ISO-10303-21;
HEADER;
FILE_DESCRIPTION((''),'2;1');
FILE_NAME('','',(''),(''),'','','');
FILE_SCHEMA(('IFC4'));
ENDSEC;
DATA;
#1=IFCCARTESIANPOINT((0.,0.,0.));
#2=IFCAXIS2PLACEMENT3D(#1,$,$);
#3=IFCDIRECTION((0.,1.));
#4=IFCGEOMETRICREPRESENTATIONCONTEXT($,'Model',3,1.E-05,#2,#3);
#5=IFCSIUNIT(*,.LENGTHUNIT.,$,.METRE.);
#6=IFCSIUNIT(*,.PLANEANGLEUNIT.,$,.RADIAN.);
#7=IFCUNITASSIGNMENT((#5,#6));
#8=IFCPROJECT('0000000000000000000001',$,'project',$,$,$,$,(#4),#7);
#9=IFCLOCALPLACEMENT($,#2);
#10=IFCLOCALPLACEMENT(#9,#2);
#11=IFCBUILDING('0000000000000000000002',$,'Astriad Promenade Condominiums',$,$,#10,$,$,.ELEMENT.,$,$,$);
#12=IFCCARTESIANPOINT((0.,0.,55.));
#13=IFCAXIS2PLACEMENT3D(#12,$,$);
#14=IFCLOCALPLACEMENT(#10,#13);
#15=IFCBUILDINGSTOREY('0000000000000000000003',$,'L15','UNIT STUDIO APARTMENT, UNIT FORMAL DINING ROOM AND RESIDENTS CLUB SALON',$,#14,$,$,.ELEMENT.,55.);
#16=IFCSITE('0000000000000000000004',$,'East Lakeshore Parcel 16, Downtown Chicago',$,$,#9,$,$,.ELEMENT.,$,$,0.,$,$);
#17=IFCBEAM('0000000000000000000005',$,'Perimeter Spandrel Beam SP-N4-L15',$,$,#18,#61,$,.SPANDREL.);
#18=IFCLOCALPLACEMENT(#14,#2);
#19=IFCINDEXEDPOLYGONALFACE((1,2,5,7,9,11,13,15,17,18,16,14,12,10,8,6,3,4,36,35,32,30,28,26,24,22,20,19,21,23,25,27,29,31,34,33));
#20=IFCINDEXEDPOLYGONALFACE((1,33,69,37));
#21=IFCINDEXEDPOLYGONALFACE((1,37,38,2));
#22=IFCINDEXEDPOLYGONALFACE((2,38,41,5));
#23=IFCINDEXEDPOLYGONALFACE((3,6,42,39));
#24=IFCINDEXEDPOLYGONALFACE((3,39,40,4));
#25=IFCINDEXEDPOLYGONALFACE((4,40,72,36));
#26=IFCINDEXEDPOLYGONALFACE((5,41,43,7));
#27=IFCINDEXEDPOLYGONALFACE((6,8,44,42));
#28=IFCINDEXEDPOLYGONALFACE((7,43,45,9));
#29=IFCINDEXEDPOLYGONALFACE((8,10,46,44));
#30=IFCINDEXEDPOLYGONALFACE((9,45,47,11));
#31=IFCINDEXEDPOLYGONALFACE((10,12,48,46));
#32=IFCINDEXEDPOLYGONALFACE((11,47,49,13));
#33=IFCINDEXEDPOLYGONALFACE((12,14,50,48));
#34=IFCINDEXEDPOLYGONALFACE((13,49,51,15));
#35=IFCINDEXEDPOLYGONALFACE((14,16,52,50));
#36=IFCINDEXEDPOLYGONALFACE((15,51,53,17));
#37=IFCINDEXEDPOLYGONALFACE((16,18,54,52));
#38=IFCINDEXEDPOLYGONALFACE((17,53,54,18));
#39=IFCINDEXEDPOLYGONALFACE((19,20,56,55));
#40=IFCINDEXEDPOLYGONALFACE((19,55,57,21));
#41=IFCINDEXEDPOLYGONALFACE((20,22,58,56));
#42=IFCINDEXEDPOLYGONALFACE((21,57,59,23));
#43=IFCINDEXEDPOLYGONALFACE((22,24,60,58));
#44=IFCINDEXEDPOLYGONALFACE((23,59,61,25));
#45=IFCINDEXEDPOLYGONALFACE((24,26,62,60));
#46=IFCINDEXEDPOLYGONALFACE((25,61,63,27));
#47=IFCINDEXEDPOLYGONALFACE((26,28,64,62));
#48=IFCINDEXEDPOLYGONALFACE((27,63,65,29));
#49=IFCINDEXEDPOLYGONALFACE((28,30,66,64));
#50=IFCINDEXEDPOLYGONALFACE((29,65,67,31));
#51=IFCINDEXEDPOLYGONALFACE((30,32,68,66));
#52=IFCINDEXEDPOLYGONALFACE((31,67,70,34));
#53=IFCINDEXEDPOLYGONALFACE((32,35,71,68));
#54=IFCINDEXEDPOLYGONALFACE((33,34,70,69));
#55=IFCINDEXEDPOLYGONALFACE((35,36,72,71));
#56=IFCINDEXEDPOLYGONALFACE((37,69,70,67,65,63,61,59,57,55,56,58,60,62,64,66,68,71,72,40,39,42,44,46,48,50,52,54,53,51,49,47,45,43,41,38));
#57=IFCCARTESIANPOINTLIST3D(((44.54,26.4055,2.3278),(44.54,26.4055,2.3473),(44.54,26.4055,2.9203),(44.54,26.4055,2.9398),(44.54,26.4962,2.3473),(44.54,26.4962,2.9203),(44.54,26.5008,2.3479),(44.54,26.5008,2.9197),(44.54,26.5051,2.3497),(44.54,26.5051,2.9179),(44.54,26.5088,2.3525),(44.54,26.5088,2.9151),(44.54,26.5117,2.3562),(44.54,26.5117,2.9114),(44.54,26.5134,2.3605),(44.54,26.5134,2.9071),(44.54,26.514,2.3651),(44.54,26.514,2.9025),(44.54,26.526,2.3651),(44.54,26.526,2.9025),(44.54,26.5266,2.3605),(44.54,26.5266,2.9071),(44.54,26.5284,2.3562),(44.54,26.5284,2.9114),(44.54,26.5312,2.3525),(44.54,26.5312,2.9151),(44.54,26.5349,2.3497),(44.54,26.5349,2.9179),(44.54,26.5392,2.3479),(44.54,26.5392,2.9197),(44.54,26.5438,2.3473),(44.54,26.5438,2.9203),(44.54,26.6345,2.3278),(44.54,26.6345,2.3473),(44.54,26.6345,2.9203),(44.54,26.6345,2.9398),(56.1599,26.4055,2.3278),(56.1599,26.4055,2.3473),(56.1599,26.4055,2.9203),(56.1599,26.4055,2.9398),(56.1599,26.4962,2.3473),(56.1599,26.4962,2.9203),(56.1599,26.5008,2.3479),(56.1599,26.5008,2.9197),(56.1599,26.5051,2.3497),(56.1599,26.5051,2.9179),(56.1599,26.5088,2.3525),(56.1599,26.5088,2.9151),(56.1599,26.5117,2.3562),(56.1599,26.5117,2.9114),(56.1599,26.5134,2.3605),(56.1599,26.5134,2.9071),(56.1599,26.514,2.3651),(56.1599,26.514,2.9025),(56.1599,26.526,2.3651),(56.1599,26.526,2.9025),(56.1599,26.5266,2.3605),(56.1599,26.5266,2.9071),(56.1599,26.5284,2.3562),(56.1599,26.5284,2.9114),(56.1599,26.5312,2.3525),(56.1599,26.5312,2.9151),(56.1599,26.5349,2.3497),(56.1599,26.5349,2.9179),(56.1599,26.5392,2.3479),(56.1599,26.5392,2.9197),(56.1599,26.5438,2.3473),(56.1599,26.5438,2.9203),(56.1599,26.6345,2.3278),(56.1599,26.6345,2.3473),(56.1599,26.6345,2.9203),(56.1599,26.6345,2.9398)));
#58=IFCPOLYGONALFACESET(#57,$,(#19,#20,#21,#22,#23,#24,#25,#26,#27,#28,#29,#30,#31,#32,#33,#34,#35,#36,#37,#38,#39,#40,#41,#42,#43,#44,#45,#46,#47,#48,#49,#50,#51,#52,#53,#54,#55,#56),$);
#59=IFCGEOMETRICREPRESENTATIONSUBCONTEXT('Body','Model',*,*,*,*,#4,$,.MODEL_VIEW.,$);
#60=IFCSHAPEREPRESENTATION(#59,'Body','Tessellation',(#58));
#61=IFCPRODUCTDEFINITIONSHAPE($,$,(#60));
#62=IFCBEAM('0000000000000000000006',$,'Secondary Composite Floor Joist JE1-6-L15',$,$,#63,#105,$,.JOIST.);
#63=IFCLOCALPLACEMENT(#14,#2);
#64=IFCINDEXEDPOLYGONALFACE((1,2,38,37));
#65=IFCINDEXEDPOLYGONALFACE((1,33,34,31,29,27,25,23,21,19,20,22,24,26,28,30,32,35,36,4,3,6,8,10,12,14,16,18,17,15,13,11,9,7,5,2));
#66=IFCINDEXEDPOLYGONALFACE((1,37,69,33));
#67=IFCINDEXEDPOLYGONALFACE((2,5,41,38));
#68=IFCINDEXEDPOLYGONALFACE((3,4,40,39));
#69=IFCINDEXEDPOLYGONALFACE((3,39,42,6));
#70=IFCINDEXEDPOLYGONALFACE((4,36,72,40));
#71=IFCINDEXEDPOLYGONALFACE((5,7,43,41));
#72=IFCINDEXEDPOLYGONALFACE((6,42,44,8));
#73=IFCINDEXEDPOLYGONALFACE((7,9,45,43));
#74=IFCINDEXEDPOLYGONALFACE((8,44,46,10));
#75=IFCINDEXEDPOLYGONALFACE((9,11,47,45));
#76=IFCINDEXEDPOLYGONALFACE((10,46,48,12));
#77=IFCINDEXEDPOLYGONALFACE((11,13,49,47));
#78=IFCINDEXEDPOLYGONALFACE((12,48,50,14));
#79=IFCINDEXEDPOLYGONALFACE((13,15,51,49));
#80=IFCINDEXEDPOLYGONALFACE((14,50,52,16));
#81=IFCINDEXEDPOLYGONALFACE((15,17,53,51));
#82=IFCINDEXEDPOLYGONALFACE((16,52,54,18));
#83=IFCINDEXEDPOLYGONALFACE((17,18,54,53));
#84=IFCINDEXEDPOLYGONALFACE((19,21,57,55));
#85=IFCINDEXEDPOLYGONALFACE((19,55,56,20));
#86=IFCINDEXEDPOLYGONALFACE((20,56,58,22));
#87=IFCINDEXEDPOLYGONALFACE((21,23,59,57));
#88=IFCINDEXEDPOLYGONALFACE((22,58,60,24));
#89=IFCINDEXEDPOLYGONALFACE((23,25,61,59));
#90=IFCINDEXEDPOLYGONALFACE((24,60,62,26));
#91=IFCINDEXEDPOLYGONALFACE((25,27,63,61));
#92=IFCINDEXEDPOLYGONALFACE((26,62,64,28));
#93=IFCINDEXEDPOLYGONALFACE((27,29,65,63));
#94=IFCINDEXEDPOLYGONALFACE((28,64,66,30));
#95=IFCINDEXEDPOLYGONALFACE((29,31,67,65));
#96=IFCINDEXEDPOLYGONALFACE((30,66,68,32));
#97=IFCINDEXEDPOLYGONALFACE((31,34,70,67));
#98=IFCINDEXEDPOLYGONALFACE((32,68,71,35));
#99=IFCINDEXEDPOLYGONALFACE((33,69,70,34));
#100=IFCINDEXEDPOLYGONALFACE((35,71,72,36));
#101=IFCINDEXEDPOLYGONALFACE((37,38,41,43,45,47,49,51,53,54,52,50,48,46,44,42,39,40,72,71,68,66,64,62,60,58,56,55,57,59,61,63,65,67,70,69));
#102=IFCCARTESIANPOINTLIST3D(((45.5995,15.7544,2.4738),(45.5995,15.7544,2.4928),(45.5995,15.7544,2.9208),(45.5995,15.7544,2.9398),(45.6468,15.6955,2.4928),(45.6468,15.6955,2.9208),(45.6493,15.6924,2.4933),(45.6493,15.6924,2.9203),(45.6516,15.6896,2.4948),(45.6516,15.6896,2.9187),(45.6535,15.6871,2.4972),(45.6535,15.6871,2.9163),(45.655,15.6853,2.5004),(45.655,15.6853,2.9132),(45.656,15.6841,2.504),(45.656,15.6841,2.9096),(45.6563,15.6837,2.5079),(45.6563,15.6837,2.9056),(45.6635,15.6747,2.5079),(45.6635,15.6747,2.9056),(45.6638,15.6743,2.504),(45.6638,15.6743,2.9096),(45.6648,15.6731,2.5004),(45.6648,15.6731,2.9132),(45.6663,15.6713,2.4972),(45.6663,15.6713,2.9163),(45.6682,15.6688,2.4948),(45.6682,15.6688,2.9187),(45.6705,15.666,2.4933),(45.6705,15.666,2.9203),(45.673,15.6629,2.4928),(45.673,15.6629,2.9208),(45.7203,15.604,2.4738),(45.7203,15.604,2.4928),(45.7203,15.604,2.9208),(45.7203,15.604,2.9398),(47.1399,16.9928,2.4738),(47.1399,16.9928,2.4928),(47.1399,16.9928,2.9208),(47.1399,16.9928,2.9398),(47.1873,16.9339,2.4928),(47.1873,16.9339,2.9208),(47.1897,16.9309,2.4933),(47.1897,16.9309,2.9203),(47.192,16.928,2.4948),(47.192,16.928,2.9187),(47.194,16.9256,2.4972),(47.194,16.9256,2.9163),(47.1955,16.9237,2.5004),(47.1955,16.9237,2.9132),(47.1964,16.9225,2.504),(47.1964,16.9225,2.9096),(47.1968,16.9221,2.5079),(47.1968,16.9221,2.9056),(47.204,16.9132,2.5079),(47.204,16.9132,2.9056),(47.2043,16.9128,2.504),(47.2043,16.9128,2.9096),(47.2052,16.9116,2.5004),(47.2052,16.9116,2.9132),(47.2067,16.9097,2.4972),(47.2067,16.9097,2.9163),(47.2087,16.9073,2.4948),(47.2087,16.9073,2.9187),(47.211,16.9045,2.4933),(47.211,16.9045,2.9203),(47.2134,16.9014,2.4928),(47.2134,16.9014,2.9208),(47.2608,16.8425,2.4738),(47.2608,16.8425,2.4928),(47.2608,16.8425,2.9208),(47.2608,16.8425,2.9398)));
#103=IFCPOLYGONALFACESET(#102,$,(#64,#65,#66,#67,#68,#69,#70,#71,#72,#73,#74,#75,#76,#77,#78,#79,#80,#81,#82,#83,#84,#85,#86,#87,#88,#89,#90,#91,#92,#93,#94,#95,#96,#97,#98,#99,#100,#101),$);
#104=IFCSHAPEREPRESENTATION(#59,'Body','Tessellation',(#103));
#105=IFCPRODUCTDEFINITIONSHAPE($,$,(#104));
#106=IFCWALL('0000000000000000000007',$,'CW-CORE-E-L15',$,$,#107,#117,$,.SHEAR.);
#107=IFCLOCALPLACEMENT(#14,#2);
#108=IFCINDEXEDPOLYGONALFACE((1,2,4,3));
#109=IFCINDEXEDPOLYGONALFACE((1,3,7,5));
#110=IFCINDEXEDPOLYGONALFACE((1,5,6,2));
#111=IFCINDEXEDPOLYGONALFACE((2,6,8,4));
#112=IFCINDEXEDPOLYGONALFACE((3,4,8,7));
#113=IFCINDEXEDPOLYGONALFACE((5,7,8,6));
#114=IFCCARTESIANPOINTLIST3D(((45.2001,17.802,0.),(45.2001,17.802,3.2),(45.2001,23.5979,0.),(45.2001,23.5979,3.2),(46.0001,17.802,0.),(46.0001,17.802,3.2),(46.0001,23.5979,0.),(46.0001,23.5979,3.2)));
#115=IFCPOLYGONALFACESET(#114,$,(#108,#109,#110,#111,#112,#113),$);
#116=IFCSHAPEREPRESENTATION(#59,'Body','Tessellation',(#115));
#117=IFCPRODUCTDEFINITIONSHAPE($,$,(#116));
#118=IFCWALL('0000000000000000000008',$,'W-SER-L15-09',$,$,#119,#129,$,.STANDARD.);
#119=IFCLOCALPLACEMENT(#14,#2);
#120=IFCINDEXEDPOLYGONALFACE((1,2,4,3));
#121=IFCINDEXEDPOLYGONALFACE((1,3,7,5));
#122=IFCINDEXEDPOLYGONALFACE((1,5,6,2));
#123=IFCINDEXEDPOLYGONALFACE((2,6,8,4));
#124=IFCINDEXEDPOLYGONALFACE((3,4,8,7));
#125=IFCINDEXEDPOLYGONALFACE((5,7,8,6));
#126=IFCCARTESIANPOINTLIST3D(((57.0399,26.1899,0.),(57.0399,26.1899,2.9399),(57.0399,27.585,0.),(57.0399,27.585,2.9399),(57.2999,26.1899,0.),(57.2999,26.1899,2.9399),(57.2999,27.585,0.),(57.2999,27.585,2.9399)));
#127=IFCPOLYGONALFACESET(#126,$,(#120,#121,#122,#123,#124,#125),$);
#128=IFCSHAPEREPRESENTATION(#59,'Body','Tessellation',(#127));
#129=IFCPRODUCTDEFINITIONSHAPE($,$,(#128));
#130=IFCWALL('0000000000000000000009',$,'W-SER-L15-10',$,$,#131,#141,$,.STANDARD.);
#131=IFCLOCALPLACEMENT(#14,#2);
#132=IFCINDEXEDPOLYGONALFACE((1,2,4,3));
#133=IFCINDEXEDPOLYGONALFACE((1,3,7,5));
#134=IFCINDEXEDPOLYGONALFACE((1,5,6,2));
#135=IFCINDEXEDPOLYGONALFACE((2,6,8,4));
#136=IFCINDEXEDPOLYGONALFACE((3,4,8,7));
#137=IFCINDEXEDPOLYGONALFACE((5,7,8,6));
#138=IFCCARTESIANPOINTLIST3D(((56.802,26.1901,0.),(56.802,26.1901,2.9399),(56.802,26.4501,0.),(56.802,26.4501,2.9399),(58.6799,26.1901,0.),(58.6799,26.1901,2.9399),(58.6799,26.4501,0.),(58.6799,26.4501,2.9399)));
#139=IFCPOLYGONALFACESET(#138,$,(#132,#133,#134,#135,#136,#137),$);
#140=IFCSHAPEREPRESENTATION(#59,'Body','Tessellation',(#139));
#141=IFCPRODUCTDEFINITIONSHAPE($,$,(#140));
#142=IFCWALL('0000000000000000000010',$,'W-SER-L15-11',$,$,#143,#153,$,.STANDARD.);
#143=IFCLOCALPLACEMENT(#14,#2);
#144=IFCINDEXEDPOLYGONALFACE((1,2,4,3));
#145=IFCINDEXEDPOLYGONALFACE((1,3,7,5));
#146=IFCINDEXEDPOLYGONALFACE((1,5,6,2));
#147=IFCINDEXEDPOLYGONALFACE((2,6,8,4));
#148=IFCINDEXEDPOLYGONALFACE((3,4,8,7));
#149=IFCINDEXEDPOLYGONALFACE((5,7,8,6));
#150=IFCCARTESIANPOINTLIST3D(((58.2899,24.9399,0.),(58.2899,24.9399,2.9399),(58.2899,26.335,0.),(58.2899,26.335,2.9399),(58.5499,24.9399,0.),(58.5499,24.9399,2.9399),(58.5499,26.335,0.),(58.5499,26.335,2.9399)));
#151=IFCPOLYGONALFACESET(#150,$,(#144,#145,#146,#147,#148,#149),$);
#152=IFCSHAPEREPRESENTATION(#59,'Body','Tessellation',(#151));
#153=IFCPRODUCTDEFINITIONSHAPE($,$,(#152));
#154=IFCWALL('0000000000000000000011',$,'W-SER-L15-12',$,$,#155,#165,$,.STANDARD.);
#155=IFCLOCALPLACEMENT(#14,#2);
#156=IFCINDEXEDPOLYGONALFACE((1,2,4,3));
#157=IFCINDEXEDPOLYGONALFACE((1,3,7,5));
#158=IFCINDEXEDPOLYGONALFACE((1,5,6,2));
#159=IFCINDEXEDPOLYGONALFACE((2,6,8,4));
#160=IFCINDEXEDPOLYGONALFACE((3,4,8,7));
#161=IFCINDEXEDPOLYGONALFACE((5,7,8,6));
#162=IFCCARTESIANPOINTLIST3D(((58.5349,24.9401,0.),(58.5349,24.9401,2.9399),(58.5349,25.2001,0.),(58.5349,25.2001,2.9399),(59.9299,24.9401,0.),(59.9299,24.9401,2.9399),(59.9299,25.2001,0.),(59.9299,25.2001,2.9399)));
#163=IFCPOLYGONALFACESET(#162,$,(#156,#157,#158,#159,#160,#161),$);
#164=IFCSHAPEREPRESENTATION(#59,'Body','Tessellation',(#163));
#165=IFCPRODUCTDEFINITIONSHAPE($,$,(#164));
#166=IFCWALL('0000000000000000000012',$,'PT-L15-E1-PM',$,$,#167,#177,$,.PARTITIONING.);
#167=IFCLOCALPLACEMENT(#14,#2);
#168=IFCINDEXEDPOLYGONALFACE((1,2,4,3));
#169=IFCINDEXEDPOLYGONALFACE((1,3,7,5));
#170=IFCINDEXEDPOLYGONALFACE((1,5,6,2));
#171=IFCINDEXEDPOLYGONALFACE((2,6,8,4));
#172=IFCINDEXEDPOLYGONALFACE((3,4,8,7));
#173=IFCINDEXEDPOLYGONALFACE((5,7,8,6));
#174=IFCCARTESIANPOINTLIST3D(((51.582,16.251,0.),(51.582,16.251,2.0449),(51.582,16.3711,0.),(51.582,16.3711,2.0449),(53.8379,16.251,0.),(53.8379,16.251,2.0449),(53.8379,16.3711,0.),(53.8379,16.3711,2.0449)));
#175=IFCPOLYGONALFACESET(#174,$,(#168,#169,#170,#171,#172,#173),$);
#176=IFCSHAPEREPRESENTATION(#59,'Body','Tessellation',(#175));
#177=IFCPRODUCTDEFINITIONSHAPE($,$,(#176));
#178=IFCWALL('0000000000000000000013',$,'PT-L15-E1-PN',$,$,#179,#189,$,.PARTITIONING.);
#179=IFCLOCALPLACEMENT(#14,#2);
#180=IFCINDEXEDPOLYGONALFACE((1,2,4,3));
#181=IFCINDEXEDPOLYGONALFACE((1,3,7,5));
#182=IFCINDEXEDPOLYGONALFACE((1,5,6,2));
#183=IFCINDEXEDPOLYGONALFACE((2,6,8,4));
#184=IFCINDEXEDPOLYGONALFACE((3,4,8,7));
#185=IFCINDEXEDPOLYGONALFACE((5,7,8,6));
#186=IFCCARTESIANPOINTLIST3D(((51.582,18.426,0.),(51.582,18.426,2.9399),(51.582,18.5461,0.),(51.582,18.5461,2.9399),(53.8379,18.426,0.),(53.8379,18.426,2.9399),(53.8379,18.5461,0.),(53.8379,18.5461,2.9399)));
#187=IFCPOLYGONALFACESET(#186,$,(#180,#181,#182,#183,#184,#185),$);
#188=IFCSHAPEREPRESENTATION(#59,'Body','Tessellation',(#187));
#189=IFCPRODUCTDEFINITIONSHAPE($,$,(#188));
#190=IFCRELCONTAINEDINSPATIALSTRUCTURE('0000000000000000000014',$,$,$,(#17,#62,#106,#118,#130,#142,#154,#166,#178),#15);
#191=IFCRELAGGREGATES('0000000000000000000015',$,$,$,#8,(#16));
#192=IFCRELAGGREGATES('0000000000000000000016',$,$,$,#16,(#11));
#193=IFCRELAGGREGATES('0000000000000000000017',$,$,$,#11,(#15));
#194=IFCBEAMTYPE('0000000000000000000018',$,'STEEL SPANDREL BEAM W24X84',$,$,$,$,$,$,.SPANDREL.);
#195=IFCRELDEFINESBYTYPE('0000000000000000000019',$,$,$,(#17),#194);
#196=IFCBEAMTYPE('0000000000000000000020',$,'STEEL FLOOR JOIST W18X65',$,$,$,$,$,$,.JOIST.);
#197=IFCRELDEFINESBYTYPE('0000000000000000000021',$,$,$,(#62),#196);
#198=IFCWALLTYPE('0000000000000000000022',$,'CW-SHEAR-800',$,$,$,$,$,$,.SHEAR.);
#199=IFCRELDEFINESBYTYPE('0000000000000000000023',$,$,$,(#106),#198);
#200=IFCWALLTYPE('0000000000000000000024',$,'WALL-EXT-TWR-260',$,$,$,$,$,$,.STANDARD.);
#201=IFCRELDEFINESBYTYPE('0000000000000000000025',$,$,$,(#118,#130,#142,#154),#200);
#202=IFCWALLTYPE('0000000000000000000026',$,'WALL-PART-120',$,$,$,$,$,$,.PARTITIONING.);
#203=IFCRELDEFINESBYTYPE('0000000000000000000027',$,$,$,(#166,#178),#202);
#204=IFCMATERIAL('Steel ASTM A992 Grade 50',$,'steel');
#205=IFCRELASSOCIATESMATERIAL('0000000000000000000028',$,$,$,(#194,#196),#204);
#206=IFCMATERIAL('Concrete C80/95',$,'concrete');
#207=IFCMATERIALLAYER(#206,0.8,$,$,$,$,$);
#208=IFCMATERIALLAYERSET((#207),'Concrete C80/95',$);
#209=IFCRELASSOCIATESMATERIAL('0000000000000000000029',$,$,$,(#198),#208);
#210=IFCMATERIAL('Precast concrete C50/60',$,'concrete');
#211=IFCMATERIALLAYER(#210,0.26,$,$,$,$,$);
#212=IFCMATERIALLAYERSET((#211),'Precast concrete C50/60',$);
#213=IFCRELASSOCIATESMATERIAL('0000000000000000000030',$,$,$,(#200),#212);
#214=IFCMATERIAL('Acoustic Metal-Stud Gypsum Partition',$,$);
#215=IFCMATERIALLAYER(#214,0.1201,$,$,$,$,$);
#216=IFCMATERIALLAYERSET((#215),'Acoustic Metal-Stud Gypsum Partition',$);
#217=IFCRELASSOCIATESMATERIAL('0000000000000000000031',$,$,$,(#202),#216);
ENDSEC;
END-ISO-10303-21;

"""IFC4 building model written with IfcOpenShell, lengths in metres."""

from ifc_helpers import new_model, si_unit, direction, frame, frame_2d, origin, origin_2d, place, context, subcontext, project, spatial, rectangle, i_section, extrude, source, transform, mapped, material, layer, layer_set, material_profile, profile_set, type_object, type_shapes, element, save


model = new_model("IFC4")

# Units and contexts
model_context = context("Model", 3, precision=1e-05, world=origin(), true_north=direction((0.0, 1.0)))
body_context = subcontext(model_context, "Body", "Model", "MODEL_VIEW")
ifc_project = project(units=[si_unit("LENGTHUNIT", "METRE"), si_unit("PLANEANGLEUNIT", "RADIAN")], contexts=[model_context])

# Site, building, storey
site_placement = place(None, origin())
site = spatial("IfcSite", under=ifc_project, at=site_placement, Name="East Lakeshore Parcel 16, Downtown Chicago", CompositionType="ELEMENT", RefElevation=0.0)
building_placement = place(site_placement, origin())
building = spatial("IfcBuilding", under=site, at=building_placement, Name="Astriad Promenade Condominiums", CompositionType="ELEMENT")
storey_placement = place(building_placement, frame((0.0, 0.0, 55.0)))
storey = spatial("IfcBuildingStorey", under=building, at=storey_placement, Name="L15", Description="UNIT STUDIO APARTMENT, UNIT FORMAL DINING ROOM AND RESIDENTS CLUB SALON", CompositionType="ELEMENT", Elevation=55.0)

# Shared definitions
ifc_material_1 = material(Name="Steel ASTM A992 Grade 50", Category="steel")
ifc_material_2 = material(Name="Concrete C80/95", Category="concrete")

# Beams
ifc_material_profile_1 = material_profile(ifc_material_1, i_section(OverallWidth=0.229, OverallDepth=0.6121, WebThickness=0.012, FlangeThickness=0.0195, FilletRadius=0.0178, at=origin_2d()), Name="W24X84")
ifc_profile_set_1 = profile_set([ifc_material_profile_1], Name="Steel ASTM A992 Grade 50")
beam_type_1 = type_object("IfcBeamType", Name="STEEL SPANDREL BEAM W24X84", PredefinedType="SPANDREL", material=ifc_profile_set_1)
shared_shape_1 = source(origin(), body_context, "Body", "SweptSolid", [
    extrude(i_section(OverallWidth=0.229, OverallDepth=0.6121, WebThickness=0.012, FlangeThickness=0.0195, FilletRadius=0.0178, at=origin_2d()), origin(), (0.0, 0.0, 1.0), 11.6199),
])
type_shapes(beam_type_1, [shared_shape_1])
beam_1_placement = place(storey_placement, frame((56.1599, 26.52, 2.6338), z_axis=(-1.0, 0.0, 0.0), x_axis=(0.0, -1.0, 0.0)))
element("IfcBeam", 1, at=beam_1_placement, inside=storey, type_object=beam_type_1, Name="Perimeter Spandrel Beam SP-N4-L15", PredefinedType="SPANDREL", context=body_context, shape_type="MappedRepresentation", body=[
    mapped(shared_shape_1, transform((0.0, 0.0, 0.0), scale=1.0)),
])
ifc_material_profile_2 = material_profile(ifc_material_1, i_section(OverallWidth=0.1929, OverallDepth=0.4661, WebThickness=0.0115, FlangeThickness=0.019, FilletRadius=0.0151, at=origin_2d()), Name="W18X65")
ifc_profile_set_2 = profile_set([ifc_material_profile_2], Name="Steel ASTM A992 Grade 50")
beam_type_2 = type_object("IfcBeamType", Name="STEEL FLOOR JOIST W18X65", PredefinedType="JOIST", material=ifc_profile_set_2)
shared_shape_2 = source(origin(), body_context, "Body", "SweptSolid", [
    extrude(i_section(OverallWidth=0.1929, OverallDepth=0.4661, WebThickness=0.0115, FlangeThickness=0.019, FilletRadius=0.0151, at=origin_2d()), origin(), (0.0, 0.0, 1.0), 1.9766),
])
type_shapes(beam_type_2, [shared_shape_2])
beam_2_placement = place(storey_placement, frame((45.6599, 15.6792, 2.7068), z_axis=(0.77936, 0.626576, 0.0), x_axis=(-0.626576, 0.77936, 0.0)))
element("IfcBeam", 2, at=beam_2_placement, inside=storey, type_object=beam_type_2, Name="Secondary Composite Floor Joist JE1-6-L15", PredefinedType="JOIST", context=body_context, shape_type="MappedRepresentation", body=[
    mapped(shared_shape_2, transform((0.0, 0.0, 0.0), scale=1.0)),
])

# Walls
ifc_layer_1 = layer(ifc_material_2, 0.8)
ifc_layer_set_1 = layer_set([ifc_layer_1], Name="Concrete C80/95")
wall_type_1 = type_object("IfcWallType", Name="CW-SHEAR-800", PredefinedType="SHEAR", material=ifc_layer_set_1)
wall_1_placement = place(storey_placement, frame((45.6001, 17.802, 0.0), z_axis=(0.0, 0.0, 1.0), x_axis=(0.0, 1.0, 0.0)))
element("IfcWall", 3, at=wall_1_placement, inside=storey, type_object=wall_type_1, Name="CW-CORE-E-L15", PredefinedType="SHEAR", context=body_context, shape_type="SweptSolid", body=[
    extrude(rectangle(XDim=5.7959, YDim=0.8, at=frame_2d((2.8979, 0.0))), origin(), (0.0, 0.0, 1.0), 3.2),
])
ifc_material_3 = material(Name="Precast concrete C50/60", Category="concrete")
ifc_layer_2 = layer(ifc_material_3, 0.26)
ifc_layer_set_2 = layer_set([ifc_layer_2], Name="Precast concrete C50/60")
wall_type_2 = type_object("IfcWallType", Name="WALL-EXT-TWR-260", PredefinedType="STANDARD", material=ifc_layer_set_2)
wall_2_placement = place(storey_placement, frame((57.1699, 27.585, 0.0), z_axis=(0.0, 0.0, 1.0), x_axis=(0.0, -1.0, 0.0)))
element("IfcWall", 4, at=wall_2_placement, inside=storey, type_object=wall_type_2, Name="W-SER-L15-09", PredefinedType="STANDARD", context=body_context, shape_type="SweptSolid", body=[
    extrude(rectangle(XDim=1.395, YDim=0.26, at=frame_2d((0.6975, 0.0))), origin(), (0.0, 0.0, 1.0), 2.9399),
])
wall_3_placement = place(storey_placement, frame((56.802, 26.3201, 0.0), z_axis=(0.0, 0.0, 1.0), x_axis=(1.0, 0.0, 0.0)))
element("IfcWall", 5, at=wall_3_placement, inside=storey, type_object=wall_type_2, Name="W-SER-L15-10", PredefinedType="STANDARD", context=body_context, shape_type="SweptSolid", body=[
    extrude(rectangle(XDim=1.8779, YDim=0.26, at=frame_2d((0.939, 0.0))), origin(), (0.0, 0.0, 1.0), 2.9399),
])
for number, where, z_axis, x_axis, name in (
    (6, (58.4199, 26.335, 0.0), (0.0, 0.0, 1.0), (0.0, -1.0, 0.0), "W-SER-L15-11"),
    (7, (58.5349, 25.0701, 0.0), (0.0, 0.0, 1.0), (1.0, 0.0, 0.0), "W-SER-L15-12"),
):
    element("IfcWall", number, at=place(storey_placement, frame(where, z_axis=z_axis, x_axis=x_axis)), inside=storey, type_object=wall_type_2, Name=name, PredefinedType="STANDARD", context=body_context, shape_type="SweptSolid", body=[
        extrude(rectangle(XDim=1.395, YDim=0.26, at=frame_2d((0.6975, 0.0))), origin(), (0.0, 0.0, 1.0), 2.9399),
    ])
ifc_material_4 = material(Name="Acoustic Metal-Stud Gypsum Partition")
ifc_layer_3 = layer(ifc_material_4, 0.1201)
ifc_layer_set_3 = layer_set([ifc_layer_3], Name="Acoustic Metal-Stud Gypsum Partition")
wall_type_3 = type_object("IfcWallType", Name="WALL-PART-120", PredefinedType="PARTITIONING", material=ifc_layer_set_3)
wall_4_placement = place(storey_placement, frame((51.582, 16.311, 0.0), z_axis=(0.0, 0.0, 1.0), x_axis=(1.0, 0.0, 0.0)))
element("IfcWall", 8, at=wall_4_placement, inside=storey, type_object=wall_type_3, Name="PT-L15-E1-PM", PredefinedType="PARTITIONING", context=body_context, shape_type="SweptSolid", body=[
    extrude(rectangle(XDim=2.2559, YDim=0.1201, at=frame_2d((1.1279, 0.0))), origin(), (0.0, 0.0, 1.0), 2.0449),
])
wall_5_placement = place(storey_placement, frame((51.582, 18.4861, 0.0), z_axis=(0.0, 0.0, 1.0), x_axis=(1.0, 0.0, 0.0)))
element("IfcWall", 9, at=wall_5_placement, inside=storey, type_object=wall_type_3, Name="PT-L15-E1-PN", PredefinedType="PARTITIONING", context=body_context, shape_type="SweptSolid", body=[
    extrude(rectangle(XDim=2.2559, YDim=0.1201, at=frame_2d((1.1279, 0.0))), origin(), (0.0, 0.0, 1.0), 2.9399),
])

save(model, "model.ifc")
